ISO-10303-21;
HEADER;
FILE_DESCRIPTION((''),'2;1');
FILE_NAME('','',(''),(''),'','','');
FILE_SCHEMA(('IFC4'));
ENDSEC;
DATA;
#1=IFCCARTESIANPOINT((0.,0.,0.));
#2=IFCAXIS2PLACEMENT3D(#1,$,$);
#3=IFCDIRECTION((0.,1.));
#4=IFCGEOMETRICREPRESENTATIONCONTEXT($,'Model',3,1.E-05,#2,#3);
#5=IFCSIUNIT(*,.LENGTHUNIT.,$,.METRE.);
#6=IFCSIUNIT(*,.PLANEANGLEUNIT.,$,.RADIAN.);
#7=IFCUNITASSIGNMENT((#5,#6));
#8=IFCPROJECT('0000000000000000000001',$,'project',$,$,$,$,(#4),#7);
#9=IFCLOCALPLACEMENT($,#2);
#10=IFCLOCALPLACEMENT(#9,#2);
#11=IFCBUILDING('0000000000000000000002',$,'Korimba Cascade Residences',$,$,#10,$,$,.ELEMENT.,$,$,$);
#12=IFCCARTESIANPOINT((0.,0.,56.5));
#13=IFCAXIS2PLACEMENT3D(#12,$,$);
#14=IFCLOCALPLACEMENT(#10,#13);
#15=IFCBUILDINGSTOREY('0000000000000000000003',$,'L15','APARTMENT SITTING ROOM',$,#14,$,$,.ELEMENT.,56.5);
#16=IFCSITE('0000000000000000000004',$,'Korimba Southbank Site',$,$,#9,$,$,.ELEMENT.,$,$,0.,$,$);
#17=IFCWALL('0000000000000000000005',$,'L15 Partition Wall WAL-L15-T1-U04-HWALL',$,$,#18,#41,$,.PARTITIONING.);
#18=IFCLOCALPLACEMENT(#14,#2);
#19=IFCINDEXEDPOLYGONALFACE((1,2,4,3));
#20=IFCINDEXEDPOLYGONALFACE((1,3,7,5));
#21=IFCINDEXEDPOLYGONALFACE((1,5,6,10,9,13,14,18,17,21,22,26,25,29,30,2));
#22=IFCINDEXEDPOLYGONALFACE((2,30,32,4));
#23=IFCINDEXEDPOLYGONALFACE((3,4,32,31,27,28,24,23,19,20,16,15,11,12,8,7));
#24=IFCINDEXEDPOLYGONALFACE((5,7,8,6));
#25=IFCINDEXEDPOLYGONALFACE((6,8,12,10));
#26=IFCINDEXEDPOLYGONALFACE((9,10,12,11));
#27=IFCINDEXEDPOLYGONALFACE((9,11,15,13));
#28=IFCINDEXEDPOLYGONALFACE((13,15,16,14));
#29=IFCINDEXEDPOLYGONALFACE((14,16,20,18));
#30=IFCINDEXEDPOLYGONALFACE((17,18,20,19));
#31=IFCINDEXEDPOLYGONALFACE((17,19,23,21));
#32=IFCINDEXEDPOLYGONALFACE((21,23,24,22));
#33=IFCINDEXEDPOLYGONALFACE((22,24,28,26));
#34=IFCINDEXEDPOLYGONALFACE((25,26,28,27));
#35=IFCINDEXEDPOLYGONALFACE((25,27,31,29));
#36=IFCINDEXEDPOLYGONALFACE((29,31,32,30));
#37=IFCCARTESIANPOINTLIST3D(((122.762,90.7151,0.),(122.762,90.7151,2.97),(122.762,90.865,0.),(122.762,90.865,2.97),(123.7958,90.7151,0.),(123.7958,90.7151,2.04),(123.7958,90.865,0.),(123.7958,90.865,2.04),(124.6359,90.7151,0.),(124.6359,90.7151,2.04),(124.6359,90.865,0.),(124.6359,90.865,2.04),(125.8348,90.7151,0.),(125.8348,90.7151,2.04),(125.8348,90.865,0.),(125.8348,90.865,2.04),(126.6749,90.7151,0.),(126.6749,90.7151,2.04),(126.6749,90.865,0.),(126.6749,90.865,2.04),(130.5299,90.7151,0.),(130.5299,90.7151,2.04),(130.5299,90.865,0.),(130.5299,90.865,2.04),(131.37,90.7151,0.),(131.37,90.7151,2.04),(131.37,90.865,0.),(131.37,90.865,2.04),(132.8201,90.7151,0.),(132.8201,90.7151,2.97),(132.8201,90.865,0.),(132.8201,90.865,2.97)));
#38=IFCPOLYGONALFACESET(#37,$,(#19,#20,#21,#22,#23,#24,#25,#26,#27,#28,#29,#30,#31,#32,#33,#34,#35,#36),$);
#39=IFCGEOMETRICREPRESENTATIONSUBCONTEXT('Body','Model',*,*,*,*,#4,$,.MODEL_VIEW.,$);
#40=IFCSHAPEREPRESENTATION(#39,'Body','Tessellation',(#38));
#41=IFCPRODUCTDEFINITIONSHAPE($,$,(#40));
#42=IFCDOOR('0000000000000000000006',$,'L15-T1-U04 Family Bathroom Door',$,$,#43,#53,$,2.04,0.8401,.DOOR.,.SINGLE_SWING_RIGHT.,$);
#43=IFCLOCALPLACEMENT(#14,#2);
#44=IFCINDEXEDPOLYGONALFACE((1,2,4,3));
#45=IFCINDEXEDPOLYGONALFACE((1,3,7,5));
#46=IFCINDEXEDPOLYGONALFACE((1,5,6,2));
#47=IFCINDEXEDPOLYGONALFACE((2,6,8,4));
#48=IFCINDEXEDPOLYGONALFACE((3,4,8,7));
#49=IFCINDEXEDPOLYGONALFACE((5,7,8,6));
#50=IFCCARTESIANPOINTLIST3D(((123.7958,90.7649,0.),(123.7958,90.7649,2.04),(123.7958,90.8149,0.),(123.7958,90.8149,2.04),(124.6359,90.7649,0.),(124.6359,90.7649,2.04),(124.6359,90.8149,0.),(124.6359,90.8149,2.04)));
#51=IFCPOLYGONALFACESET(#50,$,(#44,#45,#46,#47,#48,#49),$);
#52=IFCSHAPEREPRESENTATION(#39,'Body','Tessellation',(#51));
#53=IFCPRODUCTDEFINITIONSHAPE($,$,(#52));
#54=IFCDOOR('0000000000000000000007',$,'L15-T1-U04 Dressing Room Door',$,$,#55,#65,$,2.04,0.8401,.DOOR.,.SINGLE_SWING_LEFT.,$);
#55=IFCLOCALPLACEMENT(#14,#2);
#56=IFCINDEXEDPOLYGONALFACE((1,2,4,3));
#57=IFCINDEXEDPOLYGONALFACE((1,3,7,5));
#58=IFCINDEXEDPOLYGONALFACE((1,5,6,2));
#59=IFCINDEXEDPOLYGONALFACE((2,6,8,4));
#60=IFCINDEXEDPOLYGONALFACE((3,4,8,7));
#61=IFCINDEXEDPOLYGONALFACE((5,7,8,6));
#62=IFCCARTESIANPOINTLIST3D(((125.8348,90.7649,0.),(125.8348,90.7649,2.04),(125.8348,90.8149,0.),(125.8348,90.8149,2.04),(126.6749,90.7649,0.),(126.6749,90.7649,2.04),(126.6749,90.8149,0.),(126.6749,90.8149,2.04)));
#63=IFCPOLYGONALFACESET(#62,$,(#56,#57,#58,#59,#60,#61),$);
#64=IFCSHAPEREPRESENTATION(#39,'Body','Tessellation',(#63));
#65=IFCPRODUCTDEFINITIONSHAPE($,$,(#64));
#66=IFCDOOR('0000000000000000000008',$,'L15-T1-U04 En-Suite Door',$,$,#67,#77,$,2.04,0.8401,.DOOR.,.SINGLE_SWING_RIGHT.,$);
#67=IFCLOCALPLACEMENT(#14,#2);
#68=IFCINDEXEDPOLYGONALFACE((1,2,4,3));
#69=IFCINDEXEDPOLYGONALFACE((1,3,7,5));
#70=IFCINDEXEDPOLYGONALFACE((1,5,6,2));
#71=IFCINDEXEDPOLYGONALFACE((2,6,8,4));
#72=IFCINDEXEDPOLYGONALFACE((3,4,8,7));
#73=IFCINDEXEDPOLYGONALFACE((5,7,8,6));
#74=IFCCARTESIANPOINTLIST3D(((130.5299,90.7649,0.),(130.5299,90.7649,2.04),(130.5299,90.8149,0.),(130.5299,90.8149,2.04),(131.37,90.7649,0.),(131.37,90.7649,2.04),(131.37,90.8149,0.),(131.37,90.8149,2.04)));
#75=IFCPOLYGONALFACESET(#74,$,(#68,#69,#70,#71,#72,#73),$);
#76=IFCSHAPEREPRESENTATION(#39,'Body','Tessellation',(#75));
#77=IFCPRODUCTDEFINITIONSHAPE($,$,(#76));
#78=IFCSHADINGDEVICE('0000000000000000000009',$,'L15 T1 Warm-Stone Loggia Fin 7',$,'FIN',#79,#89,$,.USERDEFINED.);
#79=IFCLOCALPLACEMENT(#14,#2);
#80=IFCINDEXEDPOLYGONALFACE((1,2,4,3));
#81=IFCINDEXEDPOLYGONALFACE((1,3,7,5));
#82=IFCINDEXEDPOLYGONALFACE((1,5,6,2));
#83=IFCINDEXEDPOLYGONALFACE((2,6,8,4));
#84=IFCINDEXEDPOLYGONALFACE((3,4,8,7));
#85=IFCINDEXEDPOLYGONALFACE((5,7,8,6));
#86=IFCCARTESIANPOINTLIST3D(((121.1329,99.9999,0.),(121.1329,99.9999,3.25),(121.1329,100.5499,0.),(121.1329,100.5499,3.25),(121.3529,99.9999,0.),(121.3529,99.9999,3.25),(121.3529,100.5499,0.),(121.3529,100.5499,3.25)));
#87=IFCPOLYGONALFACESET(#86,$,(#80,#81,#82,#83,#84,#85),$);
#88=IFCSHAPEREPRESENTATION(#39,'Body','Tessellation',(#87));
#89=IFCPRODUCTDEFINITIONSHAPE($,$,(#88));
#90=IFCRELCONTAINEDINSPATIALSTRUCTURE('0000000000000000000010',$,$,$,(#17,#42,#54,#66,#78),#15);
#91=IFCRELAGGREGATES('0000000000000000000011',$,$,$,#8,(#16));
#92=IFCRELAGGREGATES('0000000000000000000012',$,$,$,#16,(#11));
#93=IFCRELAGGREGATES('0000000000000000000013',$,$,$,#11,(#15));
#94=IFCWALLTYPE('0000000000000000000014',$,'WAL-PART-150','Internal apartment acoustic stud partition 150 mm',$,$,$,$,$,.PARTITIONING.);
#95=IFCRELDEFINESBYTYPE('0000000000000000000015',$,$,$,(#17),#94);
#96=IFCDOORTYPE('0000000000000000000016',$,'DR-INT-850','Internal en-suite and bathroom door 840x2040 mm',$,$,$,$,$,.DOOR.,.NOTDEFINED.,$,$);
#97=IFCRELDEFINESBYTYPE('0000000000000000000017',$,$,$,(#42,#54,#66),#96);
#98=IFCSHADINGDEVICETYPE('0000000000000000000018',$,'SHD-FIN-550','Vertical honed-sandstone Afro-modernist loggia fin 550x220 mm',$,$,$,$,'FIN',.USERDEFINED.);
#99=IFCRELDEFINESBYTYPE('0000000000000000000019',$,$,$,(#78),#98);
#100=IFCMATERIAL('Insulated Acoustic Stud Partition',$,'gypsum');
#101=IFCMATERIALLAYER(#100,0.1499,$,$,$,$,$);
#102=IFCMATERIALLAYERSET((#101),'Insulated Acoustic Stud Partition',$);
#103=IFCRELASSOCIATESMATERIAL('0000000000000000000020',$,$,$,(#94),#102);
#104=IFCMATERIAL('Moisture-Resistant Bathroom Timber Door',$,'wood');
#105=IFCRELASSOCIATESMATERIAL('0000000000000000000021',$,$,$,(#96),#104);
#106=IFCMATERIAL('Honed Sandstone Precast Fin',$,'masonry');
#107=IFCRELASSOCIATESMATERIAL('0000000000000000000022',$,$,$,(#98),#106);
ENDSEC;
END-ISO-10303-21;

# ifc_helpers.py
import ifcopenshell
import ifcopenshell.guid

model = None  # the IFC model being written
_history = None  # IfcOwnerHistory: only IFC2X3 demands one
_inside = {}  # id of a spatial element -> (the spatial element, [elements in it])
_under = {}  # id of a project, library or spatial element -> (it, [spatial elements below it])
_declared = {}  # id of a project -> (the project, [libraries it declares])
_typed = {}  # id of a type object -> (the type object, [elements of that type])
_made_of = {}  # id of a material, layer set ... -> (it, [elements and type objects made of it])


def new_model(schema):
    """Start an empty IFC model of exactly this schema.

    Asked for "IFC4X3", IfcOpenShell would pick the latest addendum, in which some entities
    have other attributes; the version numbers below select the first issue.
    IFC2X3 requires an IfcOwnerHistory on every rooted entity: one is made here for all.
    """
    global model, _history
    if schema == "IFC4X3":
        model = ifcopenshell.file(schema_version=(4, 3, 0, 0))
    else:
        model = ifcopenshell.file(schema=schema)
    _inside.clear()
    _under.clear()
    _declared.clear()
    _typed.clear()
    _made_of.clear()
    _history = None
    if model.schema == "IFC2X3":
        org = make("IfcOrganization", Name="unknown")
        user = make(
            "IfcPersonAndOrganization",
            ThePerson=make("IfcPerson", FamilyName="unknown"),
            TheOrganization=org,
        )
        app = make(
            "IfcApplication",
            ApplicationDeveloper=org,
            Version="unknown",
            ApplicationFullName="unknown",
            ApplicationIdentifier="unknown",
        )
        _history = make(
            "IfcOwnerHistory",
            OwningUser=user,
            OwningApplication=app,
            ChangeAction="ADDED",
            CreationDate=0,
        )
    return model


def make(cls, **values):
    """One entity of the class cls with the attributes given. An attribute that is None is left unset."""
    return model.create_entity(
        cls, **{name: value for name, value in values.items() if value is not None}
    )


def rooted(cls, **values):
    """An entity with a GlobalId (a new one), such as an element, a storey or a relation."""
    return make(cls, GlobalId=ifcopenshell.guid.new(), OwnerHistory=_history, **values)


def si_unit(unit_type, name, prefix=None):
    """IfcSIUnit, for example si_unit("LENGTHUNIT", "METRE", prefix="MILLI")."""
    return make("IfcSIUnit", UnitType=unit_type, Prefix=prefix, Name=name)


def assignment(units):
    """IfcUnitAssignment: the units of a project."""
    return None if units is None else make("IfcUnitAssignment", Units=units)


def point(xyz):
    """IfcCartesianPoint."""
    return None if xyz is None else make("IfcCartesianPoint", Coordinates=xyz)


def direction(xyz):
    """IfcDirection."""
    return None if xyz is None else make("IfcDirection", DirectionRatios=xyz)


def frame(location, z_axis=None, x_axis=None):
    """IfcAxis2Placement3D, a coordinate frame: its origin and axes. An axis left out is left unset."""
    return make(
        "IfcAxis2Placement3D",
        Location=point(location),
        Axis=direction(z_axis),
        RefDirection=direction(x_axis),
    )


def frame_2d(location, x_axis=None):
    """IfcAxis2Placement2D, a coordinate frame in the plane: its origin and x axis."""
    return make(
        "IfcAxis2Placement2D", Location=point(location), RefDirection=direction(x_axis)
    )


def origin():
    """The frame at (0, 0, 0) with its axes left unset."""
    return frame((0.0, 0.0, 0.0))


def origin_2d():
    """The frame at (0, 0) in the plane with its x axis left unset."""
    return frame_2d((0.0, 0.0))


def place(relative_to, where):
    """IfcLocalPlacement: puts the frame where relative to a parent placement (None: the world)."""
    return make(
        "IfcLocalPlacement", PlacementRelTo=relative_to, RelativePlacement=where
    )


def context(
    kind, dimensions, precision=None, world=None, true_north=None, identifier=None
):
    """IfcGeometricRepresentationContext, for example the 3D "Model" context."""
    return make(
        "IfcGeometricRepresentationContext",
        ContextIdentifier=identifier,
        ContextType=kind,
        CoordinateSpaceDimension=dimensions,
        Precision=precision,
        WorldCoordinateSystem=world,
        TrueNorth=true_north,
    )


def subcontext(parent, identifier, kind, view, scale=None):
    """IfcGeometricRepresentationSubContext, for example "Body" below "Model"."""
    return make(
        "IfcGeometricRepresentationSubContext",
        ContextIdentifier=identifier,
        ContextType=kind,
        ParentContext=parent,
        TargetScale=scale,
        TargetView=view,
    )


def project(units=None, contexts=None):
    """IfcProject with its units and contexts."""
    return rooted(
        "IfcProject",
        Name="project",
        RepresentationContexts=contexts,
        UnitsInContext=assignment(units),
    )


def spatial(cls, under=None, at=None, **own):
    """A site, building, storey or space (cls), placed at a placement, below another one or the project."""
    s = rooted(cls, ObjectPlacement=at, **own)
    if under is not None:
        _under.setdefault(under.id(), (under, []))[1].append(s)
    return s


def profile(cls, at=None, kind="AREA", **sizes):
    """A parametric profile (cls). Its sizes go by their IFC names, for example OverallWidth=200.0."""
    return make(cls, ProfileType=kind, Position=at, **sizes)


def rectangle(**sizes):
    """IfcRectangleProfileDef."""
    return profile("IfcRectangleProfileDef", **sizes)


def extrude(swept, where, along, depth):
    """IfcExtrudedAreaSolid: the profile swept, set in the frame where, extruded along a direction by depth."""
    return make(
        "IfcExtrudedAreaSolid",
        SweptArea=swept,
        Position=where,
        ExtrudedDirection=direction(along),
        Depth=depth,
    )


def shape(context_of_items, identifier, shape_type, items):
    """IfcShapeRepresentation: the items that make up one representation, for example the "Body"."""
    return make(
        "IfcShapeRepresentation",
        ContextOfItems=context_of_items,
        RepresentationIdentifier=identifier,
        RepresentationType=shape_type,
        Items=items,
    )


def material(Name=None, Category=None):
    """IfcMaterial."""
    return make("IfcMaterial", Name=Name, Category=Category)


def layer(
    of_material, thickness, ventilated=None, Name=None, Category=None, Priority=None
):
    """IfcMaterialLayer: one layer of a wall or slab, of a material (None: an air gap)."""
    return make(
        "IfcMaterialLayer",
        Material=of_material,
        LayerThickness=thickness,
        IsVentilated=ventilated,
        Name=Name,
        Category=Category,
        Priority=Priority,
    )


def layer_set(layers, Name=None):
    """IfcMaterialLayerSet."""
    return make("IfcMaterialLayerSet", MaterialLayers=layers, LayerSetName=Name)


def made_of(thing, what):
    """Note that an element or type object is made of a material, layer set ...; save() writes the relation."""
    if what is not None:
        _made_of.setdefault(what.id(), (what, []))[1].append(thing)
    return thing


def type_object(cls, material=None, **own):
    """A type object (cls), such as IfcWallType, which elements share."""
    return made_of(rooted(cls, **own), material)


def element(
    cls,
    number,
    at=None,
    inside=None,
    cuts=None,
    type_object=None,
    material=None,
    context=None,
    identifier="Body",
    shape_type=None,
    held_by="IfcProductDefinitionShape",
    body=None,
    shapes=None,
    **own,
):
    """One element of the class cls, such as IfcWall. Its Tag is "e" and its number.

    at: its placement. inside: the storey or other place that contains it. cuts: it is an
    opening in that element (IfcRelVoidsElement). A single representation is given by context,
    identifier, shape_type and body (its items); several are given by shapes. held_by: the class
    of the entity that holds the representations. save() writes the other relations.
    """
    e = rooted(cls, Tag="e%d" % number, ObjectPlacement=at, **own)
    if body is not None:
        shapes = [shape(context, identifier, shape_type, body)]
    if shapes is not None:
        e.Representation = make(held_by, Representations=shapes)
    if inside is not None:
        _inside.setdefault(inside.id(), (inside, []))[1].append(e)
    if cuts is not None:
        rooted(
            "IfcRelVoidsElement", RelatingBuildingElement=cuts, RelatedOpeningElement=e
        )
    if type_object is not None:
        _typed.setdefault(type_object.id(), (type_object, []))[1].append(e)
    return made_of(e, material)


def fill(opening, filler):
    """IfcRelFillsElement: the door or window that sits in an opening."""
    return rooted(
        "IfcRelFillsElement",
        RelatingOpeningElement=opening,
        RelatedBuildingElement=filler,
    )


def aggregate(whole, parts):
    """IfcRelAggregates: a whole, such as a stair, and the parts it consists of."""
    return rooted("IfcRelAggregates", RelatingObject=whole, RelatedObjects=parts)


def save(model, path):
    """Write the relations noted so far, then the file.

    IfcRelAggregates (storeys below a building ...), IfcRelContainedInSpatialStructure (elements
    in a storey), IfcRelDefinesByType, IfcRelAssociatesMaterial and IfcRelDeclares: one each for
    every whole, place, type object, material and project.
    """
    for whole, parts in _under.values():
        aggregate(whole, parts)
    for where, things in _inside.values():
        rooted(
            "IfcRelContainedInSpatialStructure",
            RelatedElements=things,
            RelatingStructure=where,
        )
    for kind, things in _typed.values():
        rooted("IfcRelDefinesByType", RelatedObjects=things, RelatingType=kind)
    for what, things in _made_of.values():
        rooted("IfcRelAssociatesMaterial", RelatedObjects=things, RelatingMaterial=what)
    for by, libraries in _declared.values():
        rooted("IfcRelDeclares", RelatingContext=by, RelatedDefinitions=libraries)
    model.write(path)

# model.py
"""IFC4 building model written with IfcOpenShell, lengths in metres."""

from ifc_helpers import new_model, si_unit, direction, frame, frame_2d, origin, origin_2d, place, context, subcontext, project, spatial, rectangle, extrude, material, layer, layer_set, type_object, element, fill, save


model = new_model("IFC4")

# Units and contexts
model_context = context("Model", 3, precision=1e-05, world=origin(), true_north=direction((0.0, 1.0)))
body_context = subcontext(model_context, "Body", "Model", "MODEL_VIEW")
ifc_project = project(units=[si_unit("LENGTHUNIT", "METRE"), si_unit("PLANEANGLEUNIT", "RADIAN")], contexts=[model_context])

# Site, building, storey
site_placement = place(None, origin())
site = spatial("IfcSite", under=ifc_project, at=site_placement, Name="Korimba Southbank Site", CompositionType="ELEMENT", RefElevation=0.0)
building_placement = place(site_placement, origin())
building = spatial("IfcBuilding", under=site, at=building_placement, Name="Korimba Cascade Residences", CompositionType="ELEMENT")
storey_placement = place(building_placement, frame((0.0, 0.0, 56.5)))
storey = spatial("IfcBuildingStorey", under=building, at=storey_placement, Name="L15", Description="APARTMENT SITTING ROOM", CompositionType="ELEMENT", Elevation=56.5)

# Shared definitions
ifc_material_1 = material(Name="Insulated Acoustic Stud Partition", Category="gypsum")
ifc_layer = layer(ifc_material_1, 0.1499)
ifc_layer_set = layer_set([ifc_layer], Name="Insulated Acoustic Stud Partition")
wall_type = type_object("IfcWallType", Name="WAL-PART-150", Description="Internal apartment acoustic stud partition 150 mm", PredefinedType="PARTITIONING", material=ifc_layer_set)

# Wall, openings, doors
wall_1_placement = place(storey_placement, frame((122.762, 90.79, 0.0), z_axis=(0.0, 0.0, 1.0), x_axis=(1.0, 0.0, 0.0)))
wall_1 = element("IfcWall", 1, at=wall_1_placement, inside=storey, type_object=wall_type, Name="L15 Partition Wall WAL-L15-T1-U04-HWALL", PredefinedType="PARTITIONING", context=body_context, shape_type="SweptSolid", body=[
    extrude(rectangle(XDim=10.0581, YDim=0.1499, at=frame_2d((5.0291, 0.0))), origin(), (0.0, 0.0, 1.0), 2.97),
])
opening_1_placement = place(wall_1_placement, frame((1.0339, 0.0, 0.0)))
opening_1 = element("IfcOpeningElement", 2, at=opening_1_placement, cuts=wall_1, PredefinedType="OPENING", context=body_context, shape_type="SweptSolid", body=[
    extrude(rectangle(XDim=0.8401, YDim=2.04, at=frame_2d((0.4199, 1.02))), frame((0.0, 0.085, 0.0), z_axis=(0.0, -1.0, 0.0), x_axis=(1.0, 0.0, 0.0)), (0.0, 0.0, 1.0), 0.1699),
])
opening_2_placement = place(wall_1_placement, frame((3.073, 0.0, 0.0)))
opening_2 = element("IfcOpeningElement", 3, at=opening_2_placement, cuts=wall_1, PredefinedType="OPENING", context=body_context, shape_type="SweptSolid", body=[
    extrude(rectangle(XDim=0.8401, YDim=2.04, at=frame_2d((0.4199, 1.02))), frame((0.0, 0.085, 0.0), z_axis=(0.0, -1.0, 0.0), x_axis=(1.0, 0.0, 0.0)), (0.0, 0.0, 1.0), 0.1699),
])
opening_3_placement = place(wall_1_placement, frame((7.7681, 0.0, 0.0)))
opening_3 = element("IfcOpeningElement", 4, at=opening_3_placement, cuts=wall_1, PredefinedType="OPENING", context=body_context, shape_type="SweptSolid", body=[
    extrude(rectangle(XDim=0.8401, YDim=2.04, at=frame_2d((0.4199, 1.02))), frame((0.0, 0.085, 0.0), z_axis=(0.0, -1.0, 0.0), x_axis=(1.0, 0.0, 0.0)), (0.0, 0.0, 1.0), 0.1699),
])
ifc_material_2 = material(Name="Moisture-Resistant Bathroom Timber Door", Category="wood")
door_type = type_object("IfcDoorType", Name="DR-INT-850", Description="Internal en-suite and bathroom door 840x2040 mm", OperationType="NOTDEFINED", PredefinedType="DOOR", material=ifc_material_2)
door_1_placement = place(opening_1_placement, origin())
door_1 = element("IfcDoor", 5, at=door_1_placement, inside=storey, type_object=door_type, Name="L15-T1-U04 Family Bathroom Door", OperationType="SINGLE_SWING_RIGHT", OverallHeight=2.04, OverallWidth=0.8401, PredefinedType="DOOR", context=body_context, shape_type="SweptSolid", body=[
    extrude(rectangle(XDim=0.8401, YDim=2.04, at=frame_2d((0.4199, 1.02))), frame((0.0, 0.0249, 0.0), z_axis=(0.0, -1.0, 0.0), x_axis=(1.0, 0.0, 0.0)), (0.0, 0.0, 1.0), 0.05),
])
fill(opening_1, door_1)
door_2_placement = place(opening_2_placement, origin())
door_2 = element("IfcDoor", 6, at=door_2_placement, inside=storey, type_object=door_type, Name="L15-T1-U04 Dressing Room Door", OperationType="SINGLE_SWING_LEFT", OverallHeight=2.04, OverallWidth=0.8401, PredefinedType="DOOR", context=body_context, shape_type="SweptSolid", body=[
    extrude(rectangle(XDim=0.8401, YDim=2.04, at=frame_2d((0.4199, 1.02))), frame((0.0, 0.0249, 0.0), z_axis=(0.0, -1.0, 0.0), x_axis=(1.0, 0.0, 0.0)), (0.0, 0.0, 1.0), 0.05),
])
fill(opening_2, door_2)
door_3_placement = place(opening_3_placement, origin())
door_3 = element("IfcDoor", 7, at=door_3_placement, inside=storey, type_object=door_type, Name="L15-T1-U04 En-Suite Door", OperationType="SINGLE_SWING_RIGHT", OverallHeight=2.04, OverallWidth=0.8401, PredefinedType="DOOR", context=body_context, shape_type="SweptSolid", body=[
    extrude(rectangle(XDim=0.8401, YDim=2.04, at=frame_2d((0.4199, 1.02))), frame((0.0, 0.0249, 0.0), z_axis=(0.0, -1.0, 0.0), x_axis=(1.0, 0.0, 0.0)), (0.0, 0.0, 1.0), 0.05),
])
fill(opening_3, door_3)

# Shading device
ifc_material_3 = material(Name="Honed Sandstone Precast Fin", Category="masonry")
shading_device_type = type_object("IfcShadingDeviceType", Name="SHD-FIN-550", Description="Vertical honed-sandstone Afro-modernist loggia fin 550x220 mm", ElementType="FIN", PredefinedType="USERDEFINED", material=ifc_material_3)
shading_device_placement = place(storey_placement, frame((121.2429, 100.2749, 0.0), z_axis=(0.0, 0.0, 1.0), x_axis=(1.0, 0.0, 0.0)))
element("IfcShadingDevice", 8, at=shading_device_placement, inside=storey, type_object=shading_device_type, Name="L15 T1 Warm-Stone Loggia Fin 7", ObjectType="FIN", PredefinedType="USERDEFINED", context=body_context, shape_type="SweptSolid", body=[
    extrude(rectangle(XDim=0.22, YDim=0.55, at=origin_2d()), origin(), (0.0, 0.0, 1.0), 3.25),
])

save(model, "model.ifc")
